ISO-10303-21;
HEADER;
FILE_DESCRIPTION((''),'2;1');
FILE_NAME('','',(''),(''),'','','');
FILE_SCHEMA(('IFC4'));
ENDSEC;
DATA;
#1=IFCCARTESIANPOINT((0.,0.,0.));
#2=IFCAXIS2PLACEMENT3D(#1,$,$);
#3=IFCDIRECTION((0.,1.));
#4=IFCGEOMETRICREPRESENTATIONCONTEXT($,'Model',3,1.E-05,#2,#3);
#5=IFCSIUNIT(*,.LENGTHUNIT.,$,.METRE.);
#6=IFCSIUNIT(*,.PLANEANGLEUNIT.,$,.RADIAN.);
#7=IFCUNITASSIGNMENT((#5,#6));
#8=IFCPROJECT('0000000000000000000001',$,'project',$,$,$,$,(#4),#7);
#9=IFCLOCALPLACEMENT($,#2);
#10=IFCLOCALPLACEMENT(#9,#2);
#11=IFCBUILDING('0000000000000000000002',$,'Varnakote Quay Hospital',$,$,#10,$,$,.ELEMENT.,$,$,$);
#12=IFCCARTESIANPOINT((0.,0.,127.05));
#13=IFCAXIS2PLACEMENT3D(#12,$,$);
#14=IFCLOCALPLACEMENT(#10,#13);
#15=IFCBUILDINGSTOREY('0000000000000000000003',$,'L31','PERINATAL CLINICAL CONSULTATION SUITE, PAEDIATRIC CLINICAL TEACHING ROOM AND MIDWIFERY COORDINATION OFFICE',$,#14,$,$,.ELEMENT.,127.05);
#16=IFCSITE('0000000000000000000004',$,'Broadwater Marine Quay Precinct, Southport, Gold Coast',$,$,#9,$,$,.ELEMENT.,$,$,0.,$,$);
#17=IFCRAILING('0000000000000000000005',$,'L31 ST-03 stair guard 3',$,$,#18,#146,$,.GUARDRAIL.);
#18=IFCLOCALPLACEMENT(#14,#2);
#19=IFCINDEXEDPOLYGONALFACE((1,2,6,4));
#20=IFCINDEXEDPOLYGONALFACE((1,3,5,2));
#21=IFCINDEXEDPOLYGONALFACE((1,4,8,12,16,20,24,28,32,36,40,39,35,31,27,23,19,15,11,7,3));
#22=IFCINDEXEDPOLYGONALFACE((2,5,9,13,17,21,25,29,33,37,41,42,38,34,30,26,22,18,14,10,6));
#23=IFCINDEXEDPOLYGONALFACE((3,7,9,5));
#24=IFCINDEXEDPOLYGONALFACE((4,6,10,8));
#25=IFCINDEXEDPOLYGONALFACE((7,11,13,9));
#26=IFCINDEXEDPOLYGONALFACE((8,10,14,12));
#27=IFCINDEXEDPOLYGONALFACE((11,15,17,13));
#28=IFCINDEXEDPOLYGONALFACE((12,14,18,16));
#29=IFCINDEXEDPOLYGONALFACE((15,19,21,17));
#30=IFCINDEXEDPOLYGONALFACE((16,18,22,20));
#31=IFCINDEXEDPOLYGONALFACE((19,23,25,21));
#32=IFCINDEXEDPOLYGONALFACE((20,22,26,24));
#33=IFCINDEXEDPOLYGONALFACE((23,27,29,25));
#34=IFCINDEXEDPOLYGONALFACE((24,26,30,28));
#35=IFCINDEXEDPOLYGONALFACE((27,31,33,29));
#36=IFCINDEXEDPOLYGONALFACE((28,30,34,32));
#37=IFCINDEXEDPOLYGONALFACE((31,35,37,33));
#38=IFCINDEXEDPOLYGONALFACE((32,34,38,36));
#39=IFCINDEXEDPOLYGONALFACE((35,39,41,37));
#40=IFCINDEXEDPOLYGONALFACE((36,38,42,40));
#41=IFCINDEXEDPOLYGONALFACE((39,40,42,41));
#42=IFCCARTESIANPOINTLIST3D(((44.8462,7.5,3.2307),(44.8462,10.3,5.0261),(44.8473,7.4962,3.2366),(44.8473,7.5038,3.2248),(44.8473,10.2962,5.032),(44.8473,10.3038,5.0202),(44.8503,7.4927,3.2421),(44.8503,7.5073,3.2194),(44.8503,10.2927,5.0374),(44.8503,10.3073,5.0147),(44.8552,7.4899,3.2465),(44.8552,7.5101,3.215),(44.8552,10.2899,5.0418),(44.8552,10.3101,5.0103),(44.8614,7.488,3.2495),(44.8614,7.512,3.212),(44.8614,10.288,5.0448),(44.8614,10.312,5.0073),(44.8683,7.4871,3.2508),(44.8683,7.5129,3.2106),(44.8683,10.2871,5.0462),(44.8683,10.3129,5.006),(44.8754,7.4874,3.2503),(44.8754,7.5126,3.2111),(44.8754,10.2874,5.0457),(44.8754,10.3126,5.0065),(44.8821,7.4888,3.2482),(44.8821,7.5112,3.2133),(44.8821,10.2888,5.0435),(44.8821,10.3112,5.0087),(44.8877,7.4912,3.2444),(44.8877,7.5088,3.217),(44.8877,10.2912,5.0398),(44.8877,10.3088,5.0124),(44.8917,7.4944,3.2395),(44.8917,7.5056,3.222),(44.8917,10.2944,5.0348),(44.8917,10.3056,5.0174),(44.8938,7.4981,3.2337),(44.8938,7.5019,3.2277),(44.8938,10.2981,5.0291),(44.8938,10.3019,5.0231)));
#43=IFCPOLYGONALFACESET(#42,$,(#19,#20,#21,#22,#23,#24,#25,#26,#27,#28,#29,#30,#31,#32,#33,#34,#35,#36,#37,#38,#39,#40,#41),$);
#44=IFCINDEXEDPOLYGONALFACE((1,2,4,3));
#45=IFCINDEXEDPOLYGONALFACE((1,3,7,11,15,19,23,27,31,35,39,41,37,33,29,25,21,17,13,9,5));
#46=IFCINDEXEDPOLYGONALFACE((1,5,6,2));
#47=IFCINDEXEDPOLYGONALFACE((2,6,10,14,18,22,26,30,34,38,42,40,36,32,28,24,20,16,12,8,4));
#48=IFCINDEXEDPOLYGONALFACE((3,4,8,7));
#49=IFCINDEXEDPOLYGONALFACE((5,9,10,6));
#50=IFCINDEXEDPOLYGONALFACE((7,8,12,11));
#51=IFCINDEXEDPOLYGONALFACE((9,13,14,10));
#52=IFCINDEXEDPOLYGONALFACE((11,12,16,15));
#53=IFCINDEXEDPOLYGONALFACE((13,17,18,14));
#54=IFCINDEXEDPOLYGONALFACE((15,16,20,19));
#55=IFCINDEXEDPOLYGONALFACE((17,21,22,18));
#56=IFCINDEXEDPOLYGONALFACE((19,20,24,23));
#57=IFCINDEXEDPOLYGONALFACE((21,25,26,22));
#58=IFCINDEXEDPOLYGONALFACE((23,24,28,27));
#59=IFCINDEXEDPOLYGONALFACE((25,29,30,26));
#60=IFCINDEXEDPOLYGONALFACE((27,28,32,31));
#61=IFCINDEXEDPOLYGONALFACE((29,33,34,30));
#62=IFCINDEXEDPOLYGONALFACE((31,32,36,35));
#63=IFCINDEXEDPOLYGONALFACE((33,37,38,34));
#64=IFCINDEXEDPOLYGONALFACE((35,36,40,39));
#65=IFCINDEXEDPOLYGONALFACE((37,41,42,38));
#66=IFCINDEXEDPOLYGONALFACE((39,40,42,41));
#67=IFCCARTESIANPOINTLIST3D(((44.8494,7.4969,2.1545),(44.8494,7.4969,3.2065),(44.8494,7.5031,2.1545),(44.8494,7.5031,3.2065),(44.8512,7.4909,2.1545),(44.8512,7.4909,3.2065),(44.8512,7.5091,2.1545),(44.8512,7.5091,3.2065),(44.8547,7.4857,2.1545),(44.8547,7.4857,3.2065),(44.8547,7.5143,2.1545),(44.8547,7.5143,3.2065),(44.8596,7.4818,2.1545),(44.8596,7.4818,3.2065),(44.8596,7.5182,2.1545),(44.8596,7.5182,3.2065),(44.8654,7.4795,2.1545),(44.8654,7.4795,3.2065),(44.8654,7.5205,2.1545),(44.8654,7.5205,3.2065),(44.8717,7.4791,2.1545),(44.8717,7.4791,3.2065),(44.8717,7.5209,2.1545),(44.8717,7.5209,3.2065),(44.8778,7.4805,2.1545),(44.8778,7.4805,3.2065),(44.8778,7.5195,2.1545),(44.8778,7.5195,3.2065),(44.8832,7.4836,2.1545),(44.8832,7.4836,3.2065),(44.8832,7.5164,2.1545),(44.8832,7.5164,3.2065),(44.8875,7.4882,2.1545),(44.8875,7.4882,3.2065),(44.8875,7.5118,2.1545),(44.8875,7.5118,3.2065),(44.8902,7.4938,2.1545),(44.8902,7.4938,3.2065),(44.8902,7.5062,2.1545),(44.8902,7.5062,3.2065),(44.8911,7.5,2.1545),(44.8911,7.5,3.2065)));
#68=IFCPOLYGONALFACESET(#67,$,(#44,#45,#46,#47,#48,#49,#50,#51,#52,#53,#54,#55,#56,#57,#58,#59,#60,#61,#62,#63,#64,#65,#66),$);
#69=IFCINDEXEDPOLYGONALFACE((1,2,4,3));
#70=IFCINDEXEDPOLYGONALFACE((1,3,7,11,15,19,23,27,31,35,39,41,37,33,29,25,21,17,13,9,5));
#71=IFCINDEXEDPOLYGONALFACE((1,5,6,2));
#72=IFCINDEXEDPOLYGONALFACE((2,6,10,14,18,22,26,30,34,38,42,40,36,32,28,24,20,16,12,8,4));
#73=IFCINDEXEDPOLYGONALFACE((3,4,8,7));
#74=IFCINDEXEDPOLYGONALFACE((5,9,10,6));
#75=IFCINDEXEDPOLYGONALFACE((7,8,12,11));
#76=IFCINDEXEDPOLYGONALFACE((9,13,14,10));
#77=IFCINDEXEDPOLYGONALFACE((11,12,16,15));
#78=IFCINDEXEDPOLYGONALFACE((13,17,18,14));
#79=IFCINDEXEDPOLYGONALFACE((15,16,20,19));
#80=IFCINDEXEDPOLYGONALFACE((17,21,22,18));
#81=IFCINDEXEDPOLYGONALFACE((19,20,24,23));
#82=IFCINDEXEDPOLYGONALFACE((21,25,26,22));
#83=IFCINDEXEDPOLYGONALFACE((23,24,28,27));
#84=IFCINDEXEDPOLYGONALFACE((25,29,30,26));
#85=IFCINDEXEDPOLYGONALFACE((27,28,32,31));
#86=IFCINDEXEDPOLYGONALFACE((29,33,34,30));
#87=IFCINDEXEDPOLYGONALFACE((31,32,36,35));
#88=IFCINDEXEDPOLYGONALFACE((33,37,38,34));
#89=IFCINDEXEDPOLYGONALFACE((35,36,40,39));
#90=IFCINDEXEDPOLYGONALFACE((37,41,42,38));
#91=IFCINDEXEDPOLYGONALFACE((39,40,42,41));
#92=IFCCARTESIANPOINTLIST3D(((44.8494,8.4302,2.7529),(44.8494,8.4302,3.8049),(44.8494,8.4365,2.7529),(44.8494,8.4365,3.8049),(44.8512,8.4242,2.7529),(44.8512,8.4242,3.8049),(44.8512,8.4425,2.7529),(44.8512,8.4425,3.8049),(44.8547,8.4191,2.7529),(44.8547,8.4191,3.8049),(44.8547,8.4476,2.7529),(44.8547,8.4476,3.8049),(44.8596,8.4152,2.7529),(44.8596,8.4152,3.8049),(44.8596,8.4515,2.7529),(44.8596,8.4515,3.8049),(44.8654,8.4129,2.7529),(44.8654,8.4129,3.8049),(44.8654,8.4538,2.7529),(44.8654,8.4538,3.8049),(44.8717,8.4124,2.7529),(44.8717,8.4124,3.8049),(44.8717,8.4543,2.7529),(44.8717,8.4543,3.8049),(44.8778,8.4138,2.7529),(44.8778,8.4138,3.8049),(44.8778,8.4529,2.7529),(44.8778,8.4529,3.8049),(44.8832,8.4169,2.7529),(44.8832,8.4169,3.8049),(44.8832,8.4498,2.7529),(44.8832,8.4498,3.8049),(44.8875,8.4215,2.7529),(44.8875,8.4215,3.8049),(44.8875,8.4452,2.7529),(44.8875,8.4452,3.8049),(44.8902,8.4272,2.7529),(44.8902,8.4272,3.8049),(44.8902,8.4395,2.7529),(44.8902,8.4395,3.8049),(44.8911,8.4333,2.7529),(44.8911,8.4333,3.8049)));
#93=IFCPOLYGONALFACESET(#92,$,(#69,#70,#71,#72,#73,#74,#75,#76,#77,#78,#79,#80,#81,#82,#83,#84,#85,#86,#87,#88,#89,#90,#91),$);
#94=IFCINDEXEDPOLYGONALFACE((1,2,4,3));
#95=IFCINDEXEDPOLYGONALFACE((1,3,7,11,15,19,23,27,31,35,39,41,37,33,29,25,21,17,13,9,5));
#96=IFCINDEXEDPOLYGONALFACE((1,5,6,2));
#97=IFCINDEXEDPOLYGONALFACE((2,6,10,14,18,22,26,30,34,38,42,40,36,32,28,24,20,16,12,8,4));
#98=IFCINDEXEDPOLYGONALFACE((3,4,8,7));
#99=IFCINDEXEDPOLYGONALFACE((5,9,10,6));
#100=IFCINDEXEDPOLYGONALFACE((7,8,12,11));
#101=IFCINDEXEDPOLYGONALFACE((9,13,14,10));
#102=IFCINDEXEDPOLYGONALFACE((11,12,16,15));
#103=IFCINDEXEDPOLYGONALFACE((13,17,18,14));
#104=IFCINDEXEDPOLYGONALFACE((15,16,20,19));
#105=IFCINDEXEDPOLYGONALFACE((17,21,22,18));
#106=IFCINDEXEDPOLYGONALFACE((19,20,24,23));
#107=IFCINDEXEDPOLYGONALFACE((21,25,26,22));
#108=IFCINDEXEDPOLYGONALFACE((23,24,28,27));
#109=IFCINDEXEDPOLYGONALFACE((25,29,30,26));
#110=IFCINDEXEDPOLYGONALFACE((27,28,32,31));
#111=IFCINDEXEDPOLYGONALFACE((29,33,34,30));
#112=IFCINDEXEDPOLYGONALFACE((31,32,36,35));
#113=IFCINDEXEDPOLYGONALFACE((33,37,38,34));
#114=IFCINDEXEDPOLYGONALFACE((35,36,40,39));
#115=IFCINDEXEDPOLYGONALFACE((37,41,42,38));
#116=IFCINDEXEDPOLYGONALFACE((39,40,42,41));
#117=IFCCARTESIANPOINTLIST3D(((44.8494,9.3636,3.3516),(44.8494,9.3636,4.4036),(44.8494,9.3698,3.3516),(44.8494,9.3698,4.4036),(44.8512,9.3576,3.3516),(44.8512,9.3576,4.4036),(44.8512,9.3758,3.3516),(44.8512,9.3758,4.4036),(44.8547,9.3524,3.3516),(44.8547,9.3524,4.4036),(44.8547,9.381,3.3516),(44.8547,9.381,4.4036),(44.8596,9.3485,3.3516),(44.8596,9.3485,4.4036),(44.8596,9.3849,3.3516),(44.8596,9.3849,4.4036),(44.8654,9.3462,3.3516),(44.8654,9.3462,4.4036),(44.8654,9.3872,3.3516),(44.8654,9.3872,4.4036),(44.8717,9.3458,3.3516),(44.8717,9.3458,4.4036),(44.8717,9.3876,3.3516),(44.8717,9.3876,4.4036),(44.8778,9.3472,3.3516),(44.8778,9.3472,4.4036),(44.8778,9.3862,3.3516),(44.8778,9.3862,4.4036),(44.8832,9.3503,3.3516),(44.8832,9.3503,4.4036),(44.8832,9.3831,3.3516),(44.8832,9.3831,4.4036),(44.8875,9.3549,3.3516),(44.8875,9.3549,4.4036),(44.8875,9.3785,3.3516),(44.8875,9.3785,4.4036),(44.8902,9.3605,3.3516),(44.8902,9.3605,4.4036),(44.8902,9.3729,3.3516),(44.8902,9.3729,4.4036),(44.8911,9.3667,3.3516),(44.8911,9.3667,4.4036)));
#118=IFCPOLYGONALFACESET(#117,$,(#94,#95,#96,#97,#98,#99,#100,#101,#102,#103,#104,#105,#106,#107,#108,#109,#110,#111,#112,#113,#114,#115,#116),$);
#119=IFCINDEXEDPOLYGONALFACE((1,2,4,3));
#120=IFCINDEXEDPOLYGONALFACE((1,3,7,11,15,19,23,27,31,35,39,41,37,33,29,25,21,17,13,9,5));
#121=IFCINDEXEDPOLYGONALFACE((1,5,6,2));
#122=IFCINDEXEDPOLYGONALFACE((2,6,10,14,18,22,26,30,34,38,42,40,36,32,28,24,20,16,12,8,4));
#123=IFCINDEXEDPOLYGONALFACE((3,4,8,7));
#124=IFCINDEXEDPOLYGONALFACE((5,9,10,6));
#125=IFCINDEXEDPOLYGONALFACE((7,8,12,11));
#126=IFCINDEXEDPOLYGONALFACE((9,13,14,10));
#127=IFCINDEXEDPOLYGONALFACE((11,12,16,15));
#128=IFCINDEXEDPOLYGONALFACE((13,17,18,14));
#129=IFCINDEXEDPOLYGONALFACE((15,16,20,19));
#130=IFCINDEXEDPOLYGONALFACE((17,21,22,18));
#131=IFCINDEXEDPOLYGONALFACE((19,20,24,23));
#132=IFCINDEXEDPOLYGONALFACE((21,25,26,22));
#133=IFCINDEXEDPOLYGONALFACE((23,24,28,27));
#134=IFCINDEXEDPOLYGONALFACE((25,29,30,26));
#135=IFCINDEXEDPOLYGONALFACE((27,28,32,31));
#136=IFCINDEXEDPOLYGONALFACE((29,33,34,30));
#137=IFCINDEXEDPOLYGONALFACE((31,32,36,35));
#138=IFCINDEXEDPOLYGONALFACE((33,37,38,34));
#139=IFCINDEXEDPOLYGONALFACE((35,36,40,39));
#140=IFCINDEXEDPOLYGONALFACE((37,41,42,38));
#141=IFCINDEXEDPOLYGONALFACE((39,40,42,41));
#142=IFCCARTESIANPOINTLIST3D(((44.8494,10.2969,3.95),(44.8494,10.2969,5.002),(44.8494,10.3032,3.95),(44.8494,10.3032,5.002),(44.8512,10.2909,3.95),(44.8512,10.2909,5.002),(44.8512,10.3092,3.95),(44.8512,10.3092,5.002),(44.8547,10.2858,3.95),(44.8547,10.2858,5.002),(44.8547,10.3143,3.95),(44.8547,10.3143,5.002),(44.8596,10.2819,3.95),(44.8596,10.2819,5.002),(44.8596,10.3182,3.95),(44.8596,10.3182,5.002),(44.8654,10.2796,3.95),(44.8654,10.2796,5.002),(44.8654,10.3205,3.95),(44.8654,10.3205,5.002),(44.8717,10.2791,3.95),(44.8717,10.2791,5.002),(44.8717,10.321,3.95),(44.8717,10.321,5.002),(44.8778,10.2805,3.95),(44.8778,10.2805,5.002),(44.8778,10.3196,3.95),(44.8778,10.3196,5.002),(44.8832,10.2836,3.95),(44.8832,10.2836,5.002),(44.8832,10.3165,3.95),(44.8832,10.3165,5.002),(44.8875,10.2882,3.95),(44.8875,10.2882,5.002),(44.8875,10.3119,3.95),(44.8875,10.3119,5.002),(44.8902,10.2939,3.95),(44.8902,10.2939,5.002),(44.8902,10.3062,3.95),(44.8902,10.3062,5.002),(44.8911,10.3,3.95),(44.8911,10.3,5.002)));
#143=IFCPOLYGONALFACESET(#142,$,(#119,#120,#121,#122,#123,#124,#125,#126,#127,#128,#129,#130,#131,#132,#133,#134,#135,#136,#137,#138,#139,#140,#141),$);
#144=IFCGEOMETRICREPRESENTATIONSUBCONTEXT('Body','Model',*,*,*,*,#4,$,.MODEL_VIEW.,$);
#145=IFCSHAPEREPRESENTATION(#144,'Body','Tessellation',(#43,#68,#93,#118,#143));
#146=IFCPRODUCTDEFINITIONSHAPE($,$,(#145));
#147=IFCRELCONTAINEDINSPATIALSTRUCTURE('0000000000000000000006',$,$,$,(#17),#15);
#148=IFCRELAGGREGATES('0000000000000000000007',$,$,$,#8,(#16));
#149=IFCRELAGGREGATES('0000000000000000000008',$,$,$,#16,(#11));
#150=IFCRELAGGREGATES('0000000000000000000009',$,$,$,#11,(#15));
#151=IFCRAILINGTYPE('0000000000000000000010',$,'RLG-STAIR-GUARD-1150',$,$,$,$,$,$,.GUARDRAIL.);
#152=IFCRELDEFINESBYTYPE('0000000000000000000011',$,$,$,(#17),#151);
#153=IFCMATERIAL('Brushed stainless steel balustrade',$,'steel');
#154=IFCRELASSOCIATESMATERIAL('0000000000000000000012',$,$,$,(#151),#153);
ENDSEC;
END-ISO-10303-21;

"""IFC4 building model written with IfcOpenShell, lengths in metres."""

from ifc_helpers import new_model, si_unit, direction, frame, origin, origin_2d, place, context, subcontext, project, spatial, circle, extrude, material, type_object, element, save


model = new_model("IFC4")

# Units and contexts
model_context = context("Model", 3, precision=1e-05, world=origin(), true_north=direction((0.0, 1.0)))
body_context = subcontext(model_context, "Body", "Model", "MODEL_VIEW")
ifc_project = project(units=[si_unit("LENGTHUNIT", "METRE"), si_unit("PLANEANGLEUNIT", "RADIAN")], contexts=[model_context])

# Site, building, storey
site_placement = place(None, origin())
site = spatial("IfcSite", under=ifc_project, at=site_placement, Name="Broadwater Marine Quay Precinct, Southport, Gold Coast", CompositionType="ELEMENT", RefElevation=0.0)
building_placement = place(site_placement, origin())
building = spatial("IfcBuilding", under=site, at=building_placement, Name="Varnakote Quay Hospital", CompositionType="ELEMENT")
storey_placement = place(building_placement, frame((0.0, 0.0, 127.05)))
storey = spatial("IfcBuildingStorey", under=building, at=storey_placement, Name="L31", Description="PERINATAL CLINICAL CONSULTATION SUITE, PAEDIATRIC CLINICAL TEACHING ROOM AND MIDWIFERY COORDINATION OFFICE", CompositionType="ELEMENT", Elevation=127.05)

# Railing
ifc_material_1 = material(Name="Brushed stainless steel balustrade", Category="steel")
railing_type_1 = type_object("IfcRailingType", Name="RLG-STAIR-GUARD-1150", PredefinedType="GUARDRAIL", material=ifc_material_1)
railing_1_placement = place(storey_placement, frame((44.8701, 7.5, 2.1545)))
element("IfcRailing", 1, at=railing_1_placement, inside=storey, type_object=railing_type_1, Name="L31 ST-03 stair guard 3", PredefinedType="GUARDRAIL", context=body_context, shape_type="SweptSolid", body=[
    extrude(circle(Radius=0.0239, at=origin_2d()), frame((0.0, 0.0, 1.0762), z_axis=(0.0, 0.84181, 0.539774), x_axis=(-1.0, 0.0, 0.0)), (0.0, 0.0, 1.0), 3.3262),
    extrude(circle(Radius=0.021, at=origin_2d()), origin(), (0.0, 0.0, 1.0), 1.052),
    extrude(circle(Radius=0.021, at=origin_2d()), frame((0.0, 0.9333, 0.5984)), (0.0, 0.0, 1.0), 1.052),
    extrude(circle(Radius=0.021, at=origin_2d()), frame((0.0, 1.8667, 1.197)), (0.0, 0.0, 1.0), 1.052),
    extrude(circle(Radius=0.021, at=origin_2d()), frame((0.0, 2.8, 1.7954)), (0.0, 0.0, 1.0), 1.052),
])

save(model, "model.ifc")
